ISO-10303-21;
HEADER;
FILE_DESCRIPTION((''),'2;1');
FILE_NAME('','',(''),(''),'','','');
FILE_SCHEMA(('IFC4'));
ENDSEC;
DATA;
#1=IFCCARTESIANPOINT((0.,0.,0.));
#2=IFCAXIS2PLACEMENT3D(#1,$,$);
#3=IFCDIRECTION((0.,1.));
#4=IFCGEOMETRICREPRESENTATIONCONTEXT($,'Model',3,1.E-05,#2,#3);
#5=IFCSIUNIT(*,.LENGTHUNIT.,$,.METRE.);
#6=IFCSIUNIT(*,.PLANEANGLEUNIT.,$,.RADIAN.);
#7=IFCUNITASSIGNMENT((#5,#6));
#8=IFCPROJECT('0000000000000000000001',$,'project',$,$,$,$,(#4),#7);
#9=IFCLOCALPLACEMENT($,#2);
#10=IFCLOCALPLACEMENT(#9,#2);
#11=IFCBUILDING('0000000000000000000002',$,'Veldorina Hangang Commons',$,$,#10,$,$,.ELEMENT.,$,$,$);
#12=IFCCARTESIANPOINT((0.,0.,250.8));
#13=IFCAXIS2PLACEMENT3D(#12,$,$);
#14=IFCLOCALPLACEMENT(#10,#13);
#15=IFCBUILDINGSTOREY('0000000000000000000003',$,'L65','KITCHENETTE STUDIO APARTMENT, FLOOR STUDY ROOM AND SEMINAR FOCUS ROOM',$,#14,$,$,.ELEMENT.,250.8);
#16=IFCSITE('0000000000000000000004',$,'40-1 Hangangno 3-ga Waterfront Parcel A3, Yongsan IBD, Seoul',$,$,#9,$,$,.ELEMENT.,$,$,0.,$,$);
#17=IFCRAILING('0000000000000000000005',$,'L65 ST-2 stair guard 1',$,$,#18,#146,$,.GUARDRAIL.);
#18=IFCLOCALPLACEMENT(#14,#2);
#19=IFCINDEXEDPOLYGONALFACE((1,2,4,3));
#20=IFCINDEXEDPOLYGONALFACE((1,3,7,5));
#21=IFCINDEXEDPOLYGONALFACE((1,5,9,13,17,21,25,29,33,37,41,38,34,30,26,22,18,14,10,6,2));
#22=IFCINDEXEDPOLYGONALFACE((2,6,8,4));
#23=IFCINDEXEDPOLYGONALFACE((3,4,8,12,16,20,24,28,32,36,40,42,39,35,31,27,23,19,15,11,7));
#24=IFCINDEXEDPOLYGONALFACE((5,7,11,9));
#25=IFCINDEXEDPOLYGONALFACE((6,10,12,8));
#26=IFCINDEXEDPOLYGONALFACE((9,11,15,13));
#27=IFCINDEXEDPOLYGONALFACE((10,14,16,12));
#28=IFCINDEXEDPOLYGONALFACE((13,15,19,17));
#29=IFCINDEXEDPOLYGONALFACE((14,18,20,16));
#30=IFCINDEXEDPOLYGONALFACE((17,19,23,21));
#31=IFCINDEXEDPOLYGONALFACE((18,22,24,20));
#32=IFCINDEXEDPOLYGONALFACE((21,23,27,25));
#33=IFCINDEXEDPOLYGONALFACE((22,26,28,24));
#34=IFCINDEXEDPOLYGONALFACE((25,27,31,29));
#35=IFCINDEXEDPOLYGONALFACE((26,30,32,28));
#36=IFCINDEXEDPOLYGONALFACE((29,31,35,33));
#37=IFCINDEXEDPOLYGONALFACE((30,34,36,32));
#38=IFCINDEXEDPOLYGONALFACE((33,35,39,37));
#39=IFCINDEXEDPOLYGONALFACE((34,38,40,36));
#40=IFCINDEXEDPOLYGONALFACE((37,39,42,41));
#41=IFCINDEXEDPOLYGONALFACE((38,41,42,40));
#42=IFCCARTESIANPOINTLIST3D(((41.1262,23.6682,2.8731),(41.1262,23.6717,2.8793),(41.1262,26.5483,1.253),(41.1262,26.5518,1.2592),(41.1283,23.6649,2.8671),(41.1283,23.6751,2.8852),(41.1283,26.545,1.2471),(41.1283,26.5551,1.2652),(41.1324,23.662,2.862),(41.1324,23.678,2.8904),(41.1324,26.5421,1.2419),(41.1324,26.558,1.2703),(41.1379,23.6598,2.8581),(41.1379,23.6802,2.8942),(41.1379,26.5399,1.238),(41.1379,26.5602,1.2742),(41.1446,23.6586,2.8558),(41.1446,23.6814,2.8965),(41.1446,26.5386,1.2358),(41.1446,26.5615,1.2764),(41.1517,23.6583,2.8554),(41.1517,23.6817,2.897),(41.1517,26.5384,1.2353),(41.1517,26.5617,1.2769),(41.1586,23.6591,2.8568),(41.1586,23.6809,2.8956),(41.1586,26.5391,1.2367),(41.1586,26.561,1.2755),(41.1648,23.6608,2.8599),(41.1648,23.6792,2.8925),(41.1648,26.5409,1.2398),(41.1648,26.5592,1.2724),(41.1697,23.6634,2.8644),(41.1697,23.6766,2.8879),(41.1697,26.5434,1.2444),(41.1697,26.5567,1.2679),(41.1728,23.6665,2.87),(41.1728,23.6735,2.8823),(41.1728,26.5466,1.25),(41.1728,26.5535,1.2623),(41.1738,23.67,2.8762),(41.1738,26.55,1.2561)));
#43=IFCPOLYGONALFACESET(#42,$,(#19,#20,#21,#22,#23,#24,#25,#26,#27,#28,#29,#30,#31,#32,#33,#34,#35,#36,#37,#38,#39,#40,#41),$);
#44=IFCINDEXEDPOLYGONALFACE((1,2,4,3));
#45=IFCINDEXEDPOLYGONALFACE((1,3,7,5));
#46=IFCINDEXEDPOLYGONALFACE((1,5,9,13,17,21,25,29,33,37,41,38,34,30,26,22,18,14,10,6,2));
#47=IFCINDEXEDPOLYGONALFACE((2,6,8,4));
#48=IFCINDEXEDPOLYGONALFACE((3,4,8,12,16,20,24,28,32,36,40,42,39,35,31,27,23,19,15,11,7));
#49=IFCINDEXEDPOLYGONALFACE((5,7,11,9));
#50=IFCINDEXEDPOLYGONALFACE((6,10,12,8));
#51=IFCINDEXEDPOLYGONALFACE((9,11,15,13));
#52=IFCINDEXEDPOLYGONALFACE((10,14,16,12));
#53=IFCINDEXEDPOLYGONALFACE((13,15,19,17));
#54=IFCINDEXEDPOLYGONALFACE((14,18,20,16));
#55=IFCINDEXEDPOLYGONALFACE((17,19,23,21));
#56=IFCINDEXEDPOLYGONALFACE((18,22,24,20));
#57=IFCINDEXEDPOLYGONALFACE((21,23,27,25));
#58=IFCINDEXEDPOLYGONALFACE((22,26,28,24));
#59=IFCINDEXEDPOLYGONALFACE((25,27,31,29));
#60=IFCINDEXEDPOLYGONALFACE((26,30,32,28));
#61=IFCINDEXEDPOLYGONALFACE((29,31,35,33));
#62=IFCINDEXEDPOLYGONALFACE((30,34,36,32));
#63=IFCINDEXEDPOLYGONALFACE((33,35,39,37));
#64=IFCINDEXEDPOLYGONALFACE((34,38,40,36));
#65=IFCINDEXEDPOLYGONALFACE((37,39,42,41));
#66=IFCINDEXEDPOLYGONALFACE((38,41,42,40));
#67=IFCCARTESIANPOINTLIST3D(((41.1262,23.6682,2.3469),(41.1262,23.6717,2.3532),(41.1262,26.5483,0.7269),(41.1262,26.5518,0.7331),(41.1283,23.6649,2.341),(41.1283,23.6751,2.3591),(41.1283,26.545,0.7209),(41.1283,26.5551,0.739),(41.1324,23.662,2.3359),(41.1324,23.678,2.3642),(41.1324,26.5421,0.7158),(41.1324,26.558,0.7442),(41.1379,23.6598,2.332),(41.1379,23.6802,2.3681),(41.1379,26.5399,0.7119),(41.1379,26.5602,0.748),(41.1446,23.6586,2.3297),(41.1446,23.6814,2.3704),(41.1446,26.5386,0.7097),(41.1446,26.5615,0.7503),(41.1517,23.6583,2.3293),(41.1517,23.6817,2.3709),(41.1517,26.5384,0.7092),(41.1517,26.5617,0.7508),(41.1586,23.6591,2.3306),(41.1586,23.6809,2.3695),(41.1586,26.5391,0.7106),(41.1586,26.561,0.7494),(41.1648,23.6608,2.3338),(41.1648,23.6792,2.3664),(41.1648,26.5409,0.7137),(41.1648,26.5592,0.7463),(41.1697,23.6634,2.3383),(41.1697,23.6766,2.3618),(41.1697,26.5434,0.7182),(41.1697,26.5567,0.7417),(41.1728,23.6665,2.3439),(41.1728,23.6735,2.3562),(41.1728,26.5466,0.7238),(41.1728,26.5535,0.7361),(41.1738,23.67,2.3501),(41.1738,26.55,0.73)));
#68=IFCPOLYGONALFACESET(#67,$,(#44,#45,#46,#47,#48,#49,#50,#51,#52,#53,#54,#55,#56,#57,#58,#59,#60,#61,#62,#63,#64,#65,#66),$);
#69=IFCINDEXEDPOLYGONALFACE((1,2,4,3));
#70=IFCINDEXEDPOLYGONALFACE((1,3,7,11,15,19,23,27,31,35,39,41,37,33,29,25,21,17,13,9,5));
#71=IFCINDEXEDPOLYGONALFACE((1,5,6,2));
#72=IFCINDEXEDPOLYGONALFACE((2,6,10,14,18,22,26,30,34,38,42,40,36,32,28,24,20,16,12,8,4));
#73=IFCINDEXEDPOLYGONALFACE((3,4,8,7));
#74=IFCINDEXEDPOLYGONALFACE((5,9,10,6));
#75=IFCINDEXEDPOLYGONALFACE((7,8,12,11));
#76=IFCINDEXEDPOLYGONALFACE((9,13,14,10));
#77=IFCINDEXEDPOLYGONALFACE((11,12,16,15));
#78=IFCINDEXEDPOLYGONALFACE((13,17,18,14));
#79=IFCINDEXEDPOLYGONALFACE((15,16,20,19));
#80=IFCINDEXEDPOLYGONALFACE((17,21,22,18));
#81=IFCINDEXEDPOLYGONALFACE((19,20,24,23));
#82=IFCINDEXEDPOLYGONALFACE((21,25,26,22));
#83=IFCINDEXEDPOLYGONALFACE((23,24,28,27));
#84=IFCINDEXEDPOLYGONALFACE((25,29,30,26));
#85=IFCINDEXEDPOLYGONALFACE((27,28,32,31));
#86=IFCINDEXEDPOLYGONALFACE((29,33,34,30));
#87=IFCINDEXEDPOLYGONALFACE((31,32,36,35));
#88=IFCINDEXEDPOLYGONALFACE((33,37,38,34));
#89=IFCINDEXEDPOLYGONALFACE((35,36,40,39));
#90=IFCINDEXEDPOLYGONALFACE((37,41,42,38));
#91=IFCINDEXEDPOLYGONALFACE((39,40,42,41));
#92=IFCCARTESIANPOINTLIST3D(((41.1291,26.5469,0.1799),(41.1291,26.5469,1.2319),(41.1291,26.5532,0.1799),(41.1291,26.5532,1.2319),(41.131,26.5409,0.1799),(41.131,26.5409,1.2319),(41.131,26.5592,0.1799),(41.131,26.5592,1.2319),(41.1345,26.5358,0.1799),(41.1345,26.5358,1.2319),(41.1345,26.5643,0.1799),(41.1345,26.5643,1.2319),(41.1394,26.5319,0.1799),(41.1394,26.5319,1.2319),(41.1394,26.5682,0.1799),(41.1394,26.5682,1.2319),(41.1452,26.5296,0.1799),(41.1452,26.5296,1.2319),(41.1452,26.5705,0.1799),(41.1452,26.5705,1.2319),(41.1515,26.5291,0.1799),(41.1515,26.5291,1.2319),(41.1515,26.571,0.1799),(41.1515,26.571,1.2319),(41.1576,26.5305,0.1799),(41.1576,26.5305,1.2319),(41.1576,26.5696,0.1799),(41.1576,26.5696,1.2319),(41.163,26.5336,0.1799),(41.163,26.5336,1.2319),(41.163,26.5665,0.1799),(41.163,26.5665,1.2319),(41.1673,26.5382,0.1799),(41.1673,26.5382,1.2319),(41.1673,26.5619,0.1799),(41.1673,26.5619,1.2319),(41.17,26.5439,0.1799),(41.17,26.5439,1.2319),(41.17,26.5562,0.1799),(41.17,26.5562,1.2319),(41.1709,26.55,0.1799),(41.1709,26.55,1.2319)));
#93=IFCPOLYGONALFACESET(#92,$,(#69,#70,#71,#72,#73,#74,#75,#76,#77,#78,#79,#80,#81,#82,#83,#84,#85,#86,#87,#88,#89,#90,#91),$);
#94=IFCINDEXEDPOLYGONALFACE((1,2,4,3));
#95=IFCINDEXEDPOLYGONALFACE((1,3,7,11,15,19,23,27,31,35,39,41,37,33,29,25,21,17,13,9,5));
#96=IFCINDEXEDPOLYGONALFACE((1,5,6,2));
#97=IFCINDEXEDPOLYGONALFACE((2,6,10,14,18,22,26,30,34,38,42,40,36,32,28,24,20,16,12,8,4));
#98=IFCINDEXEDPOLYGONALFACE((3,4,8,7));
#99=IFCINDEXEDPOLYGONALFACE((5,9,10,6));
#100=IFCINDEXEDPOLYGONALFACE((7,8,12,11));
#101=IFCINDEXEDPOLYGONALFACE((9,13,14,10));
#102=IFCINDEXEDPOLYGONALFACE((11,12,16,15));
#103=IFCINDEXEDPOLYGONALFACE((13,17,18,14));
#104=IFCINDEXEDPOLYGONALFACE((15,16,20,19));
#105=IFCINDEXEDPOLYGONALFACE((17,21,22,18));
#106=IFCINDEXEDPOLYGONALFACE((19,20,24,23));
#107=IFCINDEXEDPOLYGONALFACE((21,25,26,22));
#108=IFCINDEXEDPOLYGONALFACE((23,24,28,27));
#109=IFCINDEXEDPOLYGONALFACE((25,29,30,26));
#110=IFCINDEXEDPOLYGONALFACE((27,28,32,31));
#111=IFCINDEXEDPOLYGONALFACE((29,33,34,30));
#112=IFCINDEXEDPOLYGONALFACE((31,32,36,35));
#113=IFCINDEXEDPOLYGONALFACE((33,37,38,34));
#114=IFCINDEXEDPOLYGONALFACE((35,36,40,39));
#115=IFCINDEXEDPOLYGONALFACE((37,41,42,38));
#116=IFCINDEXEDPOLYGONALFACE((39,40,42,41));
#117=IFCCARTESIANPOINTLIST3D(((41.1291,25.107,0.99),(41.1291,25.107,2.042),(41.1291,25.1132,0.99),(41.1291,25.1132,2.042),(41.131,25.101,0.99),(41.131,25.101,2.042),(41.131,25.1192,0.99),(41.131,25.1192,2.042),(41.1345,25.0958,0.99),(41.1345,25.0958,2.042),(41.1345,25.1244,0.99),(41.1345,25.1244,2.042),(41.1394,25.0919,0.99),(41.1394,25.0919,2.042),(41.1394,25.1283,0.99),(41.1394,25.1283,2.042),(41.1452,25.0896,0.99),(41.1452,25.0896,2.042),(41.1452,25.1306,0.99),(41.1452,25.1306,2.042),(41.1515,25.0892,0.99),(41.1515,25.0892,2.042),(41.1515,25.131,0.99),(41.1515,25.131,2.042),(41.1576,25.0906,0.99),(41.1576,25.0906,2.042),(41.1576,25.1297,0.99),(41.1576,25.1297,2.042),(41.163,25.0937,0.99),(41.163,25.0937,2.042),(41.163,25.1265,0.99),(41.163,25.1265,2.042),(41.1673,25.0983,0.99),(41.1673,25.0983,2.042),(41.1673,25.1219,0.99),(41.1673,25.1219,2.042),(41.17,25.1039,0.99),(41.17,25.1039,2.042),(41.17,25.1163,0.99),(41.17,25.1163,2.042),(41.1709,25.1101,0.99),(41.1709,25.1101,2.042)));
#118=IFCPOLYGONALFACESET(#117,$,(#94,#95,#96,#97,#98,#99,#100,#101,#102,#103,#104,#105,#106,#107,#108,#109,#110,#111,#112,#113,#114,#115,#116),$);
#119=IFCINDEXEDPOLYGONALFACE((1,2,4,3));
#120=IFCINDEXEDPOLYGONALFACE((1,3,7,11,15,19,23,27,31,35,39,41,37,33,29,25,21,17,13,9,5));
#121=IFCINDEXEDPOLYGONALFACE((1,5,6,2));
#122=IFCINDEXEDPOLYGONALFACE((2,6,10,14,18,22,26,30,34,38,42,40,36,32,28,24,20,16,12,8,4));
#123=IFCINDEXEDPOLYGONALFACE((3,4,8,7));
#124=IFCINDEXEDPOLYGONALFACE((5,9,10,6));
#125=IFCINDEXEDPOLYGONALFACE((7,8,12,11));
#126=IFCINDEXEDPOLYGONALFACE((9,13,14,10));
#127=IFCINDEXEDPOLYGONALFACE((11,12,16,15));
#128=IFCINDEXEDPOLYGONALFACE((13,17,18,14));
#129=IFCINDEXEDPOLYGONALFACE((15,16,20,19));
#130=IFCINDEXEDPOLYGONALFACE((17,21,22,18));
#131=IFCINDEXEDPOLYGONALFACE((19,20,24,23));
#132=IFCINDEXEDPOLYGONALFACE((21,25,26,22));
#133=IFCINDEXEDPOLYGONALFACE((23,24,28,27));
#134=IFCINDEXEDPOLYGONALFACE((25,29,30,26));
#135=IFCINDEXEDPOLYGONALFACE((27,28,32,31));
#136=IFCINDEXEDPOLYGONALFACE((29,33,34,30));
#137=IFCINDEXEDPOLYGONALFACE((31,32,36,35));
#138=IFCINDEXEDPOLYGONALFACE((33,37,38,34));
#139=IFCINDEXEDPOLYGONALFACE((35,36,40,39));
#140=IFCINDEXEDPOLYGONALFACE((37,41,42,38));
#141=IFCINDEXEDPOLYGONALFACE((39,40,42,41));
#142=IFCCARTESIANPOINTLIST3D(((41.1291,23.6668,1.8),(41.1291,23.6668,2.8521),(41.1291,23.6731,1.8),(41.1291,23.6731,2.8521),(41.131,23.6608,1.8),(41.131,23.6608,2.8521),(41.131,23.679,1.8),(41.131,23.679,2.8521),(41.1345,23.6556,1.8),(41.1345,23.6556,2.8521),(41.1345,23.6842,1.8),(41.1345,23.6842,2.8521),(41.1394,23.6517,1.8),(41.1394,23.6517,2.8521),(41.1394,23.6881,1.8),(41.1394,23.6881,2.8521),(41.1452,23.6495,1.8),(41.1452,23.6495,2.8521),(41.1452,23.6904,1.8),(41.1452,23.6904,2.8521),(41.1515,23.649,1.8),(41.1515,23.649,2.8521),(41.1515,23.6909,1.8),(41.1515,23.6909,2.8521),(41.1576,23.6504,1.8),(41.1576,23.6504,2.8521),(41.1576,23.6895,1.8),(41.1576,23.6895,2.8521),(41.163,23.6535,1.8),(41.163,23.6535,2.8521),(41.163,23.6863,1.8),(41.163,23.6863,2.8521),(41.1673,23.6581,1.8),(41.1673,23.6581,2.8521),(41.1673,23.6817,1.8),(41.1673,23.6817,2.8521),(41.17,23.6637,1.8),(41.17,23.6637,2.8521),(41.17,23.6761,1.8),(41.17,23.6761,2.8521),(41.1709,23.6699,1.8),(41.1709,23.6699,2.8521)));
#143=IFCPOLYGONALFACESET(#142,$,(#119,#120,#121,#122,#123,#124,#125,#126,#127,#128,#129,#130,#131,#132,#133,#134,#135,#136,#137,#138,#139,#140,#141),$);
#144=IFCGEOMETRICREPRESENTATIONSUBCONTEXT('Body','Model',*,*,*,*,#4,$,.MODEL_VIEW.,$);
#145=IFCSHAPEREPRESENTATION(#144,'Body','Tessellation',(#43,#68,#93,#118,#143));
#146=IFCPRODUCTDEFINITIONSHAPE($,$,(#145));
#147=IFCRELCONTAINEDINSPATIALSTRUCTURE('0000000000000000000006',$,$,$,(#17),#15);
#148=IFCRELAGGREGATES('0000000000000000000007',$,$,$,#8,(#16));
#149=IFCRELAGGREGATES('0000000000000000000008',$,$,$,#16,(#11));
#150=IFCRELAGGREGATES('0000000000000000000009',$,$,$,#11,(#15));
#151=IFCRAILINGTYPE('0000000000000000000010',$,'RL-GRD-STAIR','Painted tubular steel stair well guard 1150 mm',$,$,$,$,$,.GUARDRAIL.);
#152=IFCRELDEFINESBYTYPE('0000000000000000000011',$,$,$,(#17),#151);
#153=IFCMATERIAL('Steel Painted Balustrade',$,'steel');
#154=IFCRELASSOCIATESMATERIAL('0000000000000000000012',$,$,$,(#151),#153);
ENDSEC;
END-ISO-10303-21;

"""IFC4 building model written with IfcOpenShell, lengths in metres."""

from ifc_helpers import new_model, si_unit, direction, frame, origin, origin_2d, place, context, subcontext, project, spatial, circle, extrude, material, type_object, element, save


model = new_model("IFC4")

# Units and contexts
model_context = context("Model", 3, precision=1e-05, world=origin(), true_north=direction((0.0, 1.0)))
body_context = subcontext(model_context, "Body", "Model", "MODEL_VIEW")
ifc_project = project(units=[si_unit("LENGTHUNIT", "METRE"), si_unit("PLANEANGLEUNIT", "RADIAN")], contexts=[model_context])

# Site, building, storey
site_placement = place(None, origin())
site = spatial("IfcSite", under=ifc_project, at=site_placement, Name="40-1 Hangangno 3-ga Waterfront Parcel A3, Yongsan IBD, Seoul", CompositionType="ELEMENT", RefElevation=0.0)
building_placement = place(site_placement, origin())
building = spatial("IfcBuilding", under=site, at=building_placement, Name="Veldorina Hangang Commons", CompositionType="ELEMENT")
storey_placement = place(building_placement, frame((0.0, 0.0, 250.8)))
storey = spatial("IfcBuildingStorey", under=building, at=storey_placement, Name="L65", Description="KITCHENETTE STUDIO APARTMENT, FLOOR STUDY ROOM AND SEMINAR FOCUS ROOM", CompositionType="ELEMENT", Elevation=250.8)

# Railing
ifc_material_1 = material(Name="Steel Painted Balustrade", Category="steel")
railing_type_1 = type_object("IfcRailingType", Name="RL-GRD-STAIR", Description="Painted tubular steel stair well guard 1150 mm", PredefinedType="GUARDRAIL", material=ifc_material_1)
railing_1_placement = place(storey_placement, frame((41.1499, 26.55, 0.1799)))
element("IfcRailing", 1, at=railing_1_placement, inside=storey, type_object=railing_type_1, Name="L65 ST-2 stair guard 1", PredefinedType="GUARDRAIL", context=body_context, shape_type="SweptSolid", body=[
    extrude(circle(Radius=0.0239, at=origin_2d()), frame((0.0, 0.0, 1.0762), z_axis=(0.0, -0.87157, 0.490272), x_axis=(1.0, 0.0, 0.0)), (0.0, 0.0, 1.0), 3.3044),
    extrude(circle(Radius=0.0239, at=origin_2d()), frame((0.0, 0.0, 0.55), z_axis=(0.0, -0.87157, 0.490272), x_axis=(1.0, 0.0, 0.0)), (0.0, 0.0, 1.0), 3.3044),
    extrude(circle(Radius=0.021, at=origin_2d()), origin(), (0.0, 0.0, 1.0), 1.052),
    extrude(circle(Radius=0.021, at=origin_2d()), frame((0.0, -1.4399, 0.8101)), (0.0, 0.0, 1.0), 1.052),
    extrude(circle(Radius=0.021, at=origin_2d()), frame((0.0, -2.8801, 1.6201)), (0.0, 0.0, 1.0), 1.052),
])

save(model, "model.ifc")
